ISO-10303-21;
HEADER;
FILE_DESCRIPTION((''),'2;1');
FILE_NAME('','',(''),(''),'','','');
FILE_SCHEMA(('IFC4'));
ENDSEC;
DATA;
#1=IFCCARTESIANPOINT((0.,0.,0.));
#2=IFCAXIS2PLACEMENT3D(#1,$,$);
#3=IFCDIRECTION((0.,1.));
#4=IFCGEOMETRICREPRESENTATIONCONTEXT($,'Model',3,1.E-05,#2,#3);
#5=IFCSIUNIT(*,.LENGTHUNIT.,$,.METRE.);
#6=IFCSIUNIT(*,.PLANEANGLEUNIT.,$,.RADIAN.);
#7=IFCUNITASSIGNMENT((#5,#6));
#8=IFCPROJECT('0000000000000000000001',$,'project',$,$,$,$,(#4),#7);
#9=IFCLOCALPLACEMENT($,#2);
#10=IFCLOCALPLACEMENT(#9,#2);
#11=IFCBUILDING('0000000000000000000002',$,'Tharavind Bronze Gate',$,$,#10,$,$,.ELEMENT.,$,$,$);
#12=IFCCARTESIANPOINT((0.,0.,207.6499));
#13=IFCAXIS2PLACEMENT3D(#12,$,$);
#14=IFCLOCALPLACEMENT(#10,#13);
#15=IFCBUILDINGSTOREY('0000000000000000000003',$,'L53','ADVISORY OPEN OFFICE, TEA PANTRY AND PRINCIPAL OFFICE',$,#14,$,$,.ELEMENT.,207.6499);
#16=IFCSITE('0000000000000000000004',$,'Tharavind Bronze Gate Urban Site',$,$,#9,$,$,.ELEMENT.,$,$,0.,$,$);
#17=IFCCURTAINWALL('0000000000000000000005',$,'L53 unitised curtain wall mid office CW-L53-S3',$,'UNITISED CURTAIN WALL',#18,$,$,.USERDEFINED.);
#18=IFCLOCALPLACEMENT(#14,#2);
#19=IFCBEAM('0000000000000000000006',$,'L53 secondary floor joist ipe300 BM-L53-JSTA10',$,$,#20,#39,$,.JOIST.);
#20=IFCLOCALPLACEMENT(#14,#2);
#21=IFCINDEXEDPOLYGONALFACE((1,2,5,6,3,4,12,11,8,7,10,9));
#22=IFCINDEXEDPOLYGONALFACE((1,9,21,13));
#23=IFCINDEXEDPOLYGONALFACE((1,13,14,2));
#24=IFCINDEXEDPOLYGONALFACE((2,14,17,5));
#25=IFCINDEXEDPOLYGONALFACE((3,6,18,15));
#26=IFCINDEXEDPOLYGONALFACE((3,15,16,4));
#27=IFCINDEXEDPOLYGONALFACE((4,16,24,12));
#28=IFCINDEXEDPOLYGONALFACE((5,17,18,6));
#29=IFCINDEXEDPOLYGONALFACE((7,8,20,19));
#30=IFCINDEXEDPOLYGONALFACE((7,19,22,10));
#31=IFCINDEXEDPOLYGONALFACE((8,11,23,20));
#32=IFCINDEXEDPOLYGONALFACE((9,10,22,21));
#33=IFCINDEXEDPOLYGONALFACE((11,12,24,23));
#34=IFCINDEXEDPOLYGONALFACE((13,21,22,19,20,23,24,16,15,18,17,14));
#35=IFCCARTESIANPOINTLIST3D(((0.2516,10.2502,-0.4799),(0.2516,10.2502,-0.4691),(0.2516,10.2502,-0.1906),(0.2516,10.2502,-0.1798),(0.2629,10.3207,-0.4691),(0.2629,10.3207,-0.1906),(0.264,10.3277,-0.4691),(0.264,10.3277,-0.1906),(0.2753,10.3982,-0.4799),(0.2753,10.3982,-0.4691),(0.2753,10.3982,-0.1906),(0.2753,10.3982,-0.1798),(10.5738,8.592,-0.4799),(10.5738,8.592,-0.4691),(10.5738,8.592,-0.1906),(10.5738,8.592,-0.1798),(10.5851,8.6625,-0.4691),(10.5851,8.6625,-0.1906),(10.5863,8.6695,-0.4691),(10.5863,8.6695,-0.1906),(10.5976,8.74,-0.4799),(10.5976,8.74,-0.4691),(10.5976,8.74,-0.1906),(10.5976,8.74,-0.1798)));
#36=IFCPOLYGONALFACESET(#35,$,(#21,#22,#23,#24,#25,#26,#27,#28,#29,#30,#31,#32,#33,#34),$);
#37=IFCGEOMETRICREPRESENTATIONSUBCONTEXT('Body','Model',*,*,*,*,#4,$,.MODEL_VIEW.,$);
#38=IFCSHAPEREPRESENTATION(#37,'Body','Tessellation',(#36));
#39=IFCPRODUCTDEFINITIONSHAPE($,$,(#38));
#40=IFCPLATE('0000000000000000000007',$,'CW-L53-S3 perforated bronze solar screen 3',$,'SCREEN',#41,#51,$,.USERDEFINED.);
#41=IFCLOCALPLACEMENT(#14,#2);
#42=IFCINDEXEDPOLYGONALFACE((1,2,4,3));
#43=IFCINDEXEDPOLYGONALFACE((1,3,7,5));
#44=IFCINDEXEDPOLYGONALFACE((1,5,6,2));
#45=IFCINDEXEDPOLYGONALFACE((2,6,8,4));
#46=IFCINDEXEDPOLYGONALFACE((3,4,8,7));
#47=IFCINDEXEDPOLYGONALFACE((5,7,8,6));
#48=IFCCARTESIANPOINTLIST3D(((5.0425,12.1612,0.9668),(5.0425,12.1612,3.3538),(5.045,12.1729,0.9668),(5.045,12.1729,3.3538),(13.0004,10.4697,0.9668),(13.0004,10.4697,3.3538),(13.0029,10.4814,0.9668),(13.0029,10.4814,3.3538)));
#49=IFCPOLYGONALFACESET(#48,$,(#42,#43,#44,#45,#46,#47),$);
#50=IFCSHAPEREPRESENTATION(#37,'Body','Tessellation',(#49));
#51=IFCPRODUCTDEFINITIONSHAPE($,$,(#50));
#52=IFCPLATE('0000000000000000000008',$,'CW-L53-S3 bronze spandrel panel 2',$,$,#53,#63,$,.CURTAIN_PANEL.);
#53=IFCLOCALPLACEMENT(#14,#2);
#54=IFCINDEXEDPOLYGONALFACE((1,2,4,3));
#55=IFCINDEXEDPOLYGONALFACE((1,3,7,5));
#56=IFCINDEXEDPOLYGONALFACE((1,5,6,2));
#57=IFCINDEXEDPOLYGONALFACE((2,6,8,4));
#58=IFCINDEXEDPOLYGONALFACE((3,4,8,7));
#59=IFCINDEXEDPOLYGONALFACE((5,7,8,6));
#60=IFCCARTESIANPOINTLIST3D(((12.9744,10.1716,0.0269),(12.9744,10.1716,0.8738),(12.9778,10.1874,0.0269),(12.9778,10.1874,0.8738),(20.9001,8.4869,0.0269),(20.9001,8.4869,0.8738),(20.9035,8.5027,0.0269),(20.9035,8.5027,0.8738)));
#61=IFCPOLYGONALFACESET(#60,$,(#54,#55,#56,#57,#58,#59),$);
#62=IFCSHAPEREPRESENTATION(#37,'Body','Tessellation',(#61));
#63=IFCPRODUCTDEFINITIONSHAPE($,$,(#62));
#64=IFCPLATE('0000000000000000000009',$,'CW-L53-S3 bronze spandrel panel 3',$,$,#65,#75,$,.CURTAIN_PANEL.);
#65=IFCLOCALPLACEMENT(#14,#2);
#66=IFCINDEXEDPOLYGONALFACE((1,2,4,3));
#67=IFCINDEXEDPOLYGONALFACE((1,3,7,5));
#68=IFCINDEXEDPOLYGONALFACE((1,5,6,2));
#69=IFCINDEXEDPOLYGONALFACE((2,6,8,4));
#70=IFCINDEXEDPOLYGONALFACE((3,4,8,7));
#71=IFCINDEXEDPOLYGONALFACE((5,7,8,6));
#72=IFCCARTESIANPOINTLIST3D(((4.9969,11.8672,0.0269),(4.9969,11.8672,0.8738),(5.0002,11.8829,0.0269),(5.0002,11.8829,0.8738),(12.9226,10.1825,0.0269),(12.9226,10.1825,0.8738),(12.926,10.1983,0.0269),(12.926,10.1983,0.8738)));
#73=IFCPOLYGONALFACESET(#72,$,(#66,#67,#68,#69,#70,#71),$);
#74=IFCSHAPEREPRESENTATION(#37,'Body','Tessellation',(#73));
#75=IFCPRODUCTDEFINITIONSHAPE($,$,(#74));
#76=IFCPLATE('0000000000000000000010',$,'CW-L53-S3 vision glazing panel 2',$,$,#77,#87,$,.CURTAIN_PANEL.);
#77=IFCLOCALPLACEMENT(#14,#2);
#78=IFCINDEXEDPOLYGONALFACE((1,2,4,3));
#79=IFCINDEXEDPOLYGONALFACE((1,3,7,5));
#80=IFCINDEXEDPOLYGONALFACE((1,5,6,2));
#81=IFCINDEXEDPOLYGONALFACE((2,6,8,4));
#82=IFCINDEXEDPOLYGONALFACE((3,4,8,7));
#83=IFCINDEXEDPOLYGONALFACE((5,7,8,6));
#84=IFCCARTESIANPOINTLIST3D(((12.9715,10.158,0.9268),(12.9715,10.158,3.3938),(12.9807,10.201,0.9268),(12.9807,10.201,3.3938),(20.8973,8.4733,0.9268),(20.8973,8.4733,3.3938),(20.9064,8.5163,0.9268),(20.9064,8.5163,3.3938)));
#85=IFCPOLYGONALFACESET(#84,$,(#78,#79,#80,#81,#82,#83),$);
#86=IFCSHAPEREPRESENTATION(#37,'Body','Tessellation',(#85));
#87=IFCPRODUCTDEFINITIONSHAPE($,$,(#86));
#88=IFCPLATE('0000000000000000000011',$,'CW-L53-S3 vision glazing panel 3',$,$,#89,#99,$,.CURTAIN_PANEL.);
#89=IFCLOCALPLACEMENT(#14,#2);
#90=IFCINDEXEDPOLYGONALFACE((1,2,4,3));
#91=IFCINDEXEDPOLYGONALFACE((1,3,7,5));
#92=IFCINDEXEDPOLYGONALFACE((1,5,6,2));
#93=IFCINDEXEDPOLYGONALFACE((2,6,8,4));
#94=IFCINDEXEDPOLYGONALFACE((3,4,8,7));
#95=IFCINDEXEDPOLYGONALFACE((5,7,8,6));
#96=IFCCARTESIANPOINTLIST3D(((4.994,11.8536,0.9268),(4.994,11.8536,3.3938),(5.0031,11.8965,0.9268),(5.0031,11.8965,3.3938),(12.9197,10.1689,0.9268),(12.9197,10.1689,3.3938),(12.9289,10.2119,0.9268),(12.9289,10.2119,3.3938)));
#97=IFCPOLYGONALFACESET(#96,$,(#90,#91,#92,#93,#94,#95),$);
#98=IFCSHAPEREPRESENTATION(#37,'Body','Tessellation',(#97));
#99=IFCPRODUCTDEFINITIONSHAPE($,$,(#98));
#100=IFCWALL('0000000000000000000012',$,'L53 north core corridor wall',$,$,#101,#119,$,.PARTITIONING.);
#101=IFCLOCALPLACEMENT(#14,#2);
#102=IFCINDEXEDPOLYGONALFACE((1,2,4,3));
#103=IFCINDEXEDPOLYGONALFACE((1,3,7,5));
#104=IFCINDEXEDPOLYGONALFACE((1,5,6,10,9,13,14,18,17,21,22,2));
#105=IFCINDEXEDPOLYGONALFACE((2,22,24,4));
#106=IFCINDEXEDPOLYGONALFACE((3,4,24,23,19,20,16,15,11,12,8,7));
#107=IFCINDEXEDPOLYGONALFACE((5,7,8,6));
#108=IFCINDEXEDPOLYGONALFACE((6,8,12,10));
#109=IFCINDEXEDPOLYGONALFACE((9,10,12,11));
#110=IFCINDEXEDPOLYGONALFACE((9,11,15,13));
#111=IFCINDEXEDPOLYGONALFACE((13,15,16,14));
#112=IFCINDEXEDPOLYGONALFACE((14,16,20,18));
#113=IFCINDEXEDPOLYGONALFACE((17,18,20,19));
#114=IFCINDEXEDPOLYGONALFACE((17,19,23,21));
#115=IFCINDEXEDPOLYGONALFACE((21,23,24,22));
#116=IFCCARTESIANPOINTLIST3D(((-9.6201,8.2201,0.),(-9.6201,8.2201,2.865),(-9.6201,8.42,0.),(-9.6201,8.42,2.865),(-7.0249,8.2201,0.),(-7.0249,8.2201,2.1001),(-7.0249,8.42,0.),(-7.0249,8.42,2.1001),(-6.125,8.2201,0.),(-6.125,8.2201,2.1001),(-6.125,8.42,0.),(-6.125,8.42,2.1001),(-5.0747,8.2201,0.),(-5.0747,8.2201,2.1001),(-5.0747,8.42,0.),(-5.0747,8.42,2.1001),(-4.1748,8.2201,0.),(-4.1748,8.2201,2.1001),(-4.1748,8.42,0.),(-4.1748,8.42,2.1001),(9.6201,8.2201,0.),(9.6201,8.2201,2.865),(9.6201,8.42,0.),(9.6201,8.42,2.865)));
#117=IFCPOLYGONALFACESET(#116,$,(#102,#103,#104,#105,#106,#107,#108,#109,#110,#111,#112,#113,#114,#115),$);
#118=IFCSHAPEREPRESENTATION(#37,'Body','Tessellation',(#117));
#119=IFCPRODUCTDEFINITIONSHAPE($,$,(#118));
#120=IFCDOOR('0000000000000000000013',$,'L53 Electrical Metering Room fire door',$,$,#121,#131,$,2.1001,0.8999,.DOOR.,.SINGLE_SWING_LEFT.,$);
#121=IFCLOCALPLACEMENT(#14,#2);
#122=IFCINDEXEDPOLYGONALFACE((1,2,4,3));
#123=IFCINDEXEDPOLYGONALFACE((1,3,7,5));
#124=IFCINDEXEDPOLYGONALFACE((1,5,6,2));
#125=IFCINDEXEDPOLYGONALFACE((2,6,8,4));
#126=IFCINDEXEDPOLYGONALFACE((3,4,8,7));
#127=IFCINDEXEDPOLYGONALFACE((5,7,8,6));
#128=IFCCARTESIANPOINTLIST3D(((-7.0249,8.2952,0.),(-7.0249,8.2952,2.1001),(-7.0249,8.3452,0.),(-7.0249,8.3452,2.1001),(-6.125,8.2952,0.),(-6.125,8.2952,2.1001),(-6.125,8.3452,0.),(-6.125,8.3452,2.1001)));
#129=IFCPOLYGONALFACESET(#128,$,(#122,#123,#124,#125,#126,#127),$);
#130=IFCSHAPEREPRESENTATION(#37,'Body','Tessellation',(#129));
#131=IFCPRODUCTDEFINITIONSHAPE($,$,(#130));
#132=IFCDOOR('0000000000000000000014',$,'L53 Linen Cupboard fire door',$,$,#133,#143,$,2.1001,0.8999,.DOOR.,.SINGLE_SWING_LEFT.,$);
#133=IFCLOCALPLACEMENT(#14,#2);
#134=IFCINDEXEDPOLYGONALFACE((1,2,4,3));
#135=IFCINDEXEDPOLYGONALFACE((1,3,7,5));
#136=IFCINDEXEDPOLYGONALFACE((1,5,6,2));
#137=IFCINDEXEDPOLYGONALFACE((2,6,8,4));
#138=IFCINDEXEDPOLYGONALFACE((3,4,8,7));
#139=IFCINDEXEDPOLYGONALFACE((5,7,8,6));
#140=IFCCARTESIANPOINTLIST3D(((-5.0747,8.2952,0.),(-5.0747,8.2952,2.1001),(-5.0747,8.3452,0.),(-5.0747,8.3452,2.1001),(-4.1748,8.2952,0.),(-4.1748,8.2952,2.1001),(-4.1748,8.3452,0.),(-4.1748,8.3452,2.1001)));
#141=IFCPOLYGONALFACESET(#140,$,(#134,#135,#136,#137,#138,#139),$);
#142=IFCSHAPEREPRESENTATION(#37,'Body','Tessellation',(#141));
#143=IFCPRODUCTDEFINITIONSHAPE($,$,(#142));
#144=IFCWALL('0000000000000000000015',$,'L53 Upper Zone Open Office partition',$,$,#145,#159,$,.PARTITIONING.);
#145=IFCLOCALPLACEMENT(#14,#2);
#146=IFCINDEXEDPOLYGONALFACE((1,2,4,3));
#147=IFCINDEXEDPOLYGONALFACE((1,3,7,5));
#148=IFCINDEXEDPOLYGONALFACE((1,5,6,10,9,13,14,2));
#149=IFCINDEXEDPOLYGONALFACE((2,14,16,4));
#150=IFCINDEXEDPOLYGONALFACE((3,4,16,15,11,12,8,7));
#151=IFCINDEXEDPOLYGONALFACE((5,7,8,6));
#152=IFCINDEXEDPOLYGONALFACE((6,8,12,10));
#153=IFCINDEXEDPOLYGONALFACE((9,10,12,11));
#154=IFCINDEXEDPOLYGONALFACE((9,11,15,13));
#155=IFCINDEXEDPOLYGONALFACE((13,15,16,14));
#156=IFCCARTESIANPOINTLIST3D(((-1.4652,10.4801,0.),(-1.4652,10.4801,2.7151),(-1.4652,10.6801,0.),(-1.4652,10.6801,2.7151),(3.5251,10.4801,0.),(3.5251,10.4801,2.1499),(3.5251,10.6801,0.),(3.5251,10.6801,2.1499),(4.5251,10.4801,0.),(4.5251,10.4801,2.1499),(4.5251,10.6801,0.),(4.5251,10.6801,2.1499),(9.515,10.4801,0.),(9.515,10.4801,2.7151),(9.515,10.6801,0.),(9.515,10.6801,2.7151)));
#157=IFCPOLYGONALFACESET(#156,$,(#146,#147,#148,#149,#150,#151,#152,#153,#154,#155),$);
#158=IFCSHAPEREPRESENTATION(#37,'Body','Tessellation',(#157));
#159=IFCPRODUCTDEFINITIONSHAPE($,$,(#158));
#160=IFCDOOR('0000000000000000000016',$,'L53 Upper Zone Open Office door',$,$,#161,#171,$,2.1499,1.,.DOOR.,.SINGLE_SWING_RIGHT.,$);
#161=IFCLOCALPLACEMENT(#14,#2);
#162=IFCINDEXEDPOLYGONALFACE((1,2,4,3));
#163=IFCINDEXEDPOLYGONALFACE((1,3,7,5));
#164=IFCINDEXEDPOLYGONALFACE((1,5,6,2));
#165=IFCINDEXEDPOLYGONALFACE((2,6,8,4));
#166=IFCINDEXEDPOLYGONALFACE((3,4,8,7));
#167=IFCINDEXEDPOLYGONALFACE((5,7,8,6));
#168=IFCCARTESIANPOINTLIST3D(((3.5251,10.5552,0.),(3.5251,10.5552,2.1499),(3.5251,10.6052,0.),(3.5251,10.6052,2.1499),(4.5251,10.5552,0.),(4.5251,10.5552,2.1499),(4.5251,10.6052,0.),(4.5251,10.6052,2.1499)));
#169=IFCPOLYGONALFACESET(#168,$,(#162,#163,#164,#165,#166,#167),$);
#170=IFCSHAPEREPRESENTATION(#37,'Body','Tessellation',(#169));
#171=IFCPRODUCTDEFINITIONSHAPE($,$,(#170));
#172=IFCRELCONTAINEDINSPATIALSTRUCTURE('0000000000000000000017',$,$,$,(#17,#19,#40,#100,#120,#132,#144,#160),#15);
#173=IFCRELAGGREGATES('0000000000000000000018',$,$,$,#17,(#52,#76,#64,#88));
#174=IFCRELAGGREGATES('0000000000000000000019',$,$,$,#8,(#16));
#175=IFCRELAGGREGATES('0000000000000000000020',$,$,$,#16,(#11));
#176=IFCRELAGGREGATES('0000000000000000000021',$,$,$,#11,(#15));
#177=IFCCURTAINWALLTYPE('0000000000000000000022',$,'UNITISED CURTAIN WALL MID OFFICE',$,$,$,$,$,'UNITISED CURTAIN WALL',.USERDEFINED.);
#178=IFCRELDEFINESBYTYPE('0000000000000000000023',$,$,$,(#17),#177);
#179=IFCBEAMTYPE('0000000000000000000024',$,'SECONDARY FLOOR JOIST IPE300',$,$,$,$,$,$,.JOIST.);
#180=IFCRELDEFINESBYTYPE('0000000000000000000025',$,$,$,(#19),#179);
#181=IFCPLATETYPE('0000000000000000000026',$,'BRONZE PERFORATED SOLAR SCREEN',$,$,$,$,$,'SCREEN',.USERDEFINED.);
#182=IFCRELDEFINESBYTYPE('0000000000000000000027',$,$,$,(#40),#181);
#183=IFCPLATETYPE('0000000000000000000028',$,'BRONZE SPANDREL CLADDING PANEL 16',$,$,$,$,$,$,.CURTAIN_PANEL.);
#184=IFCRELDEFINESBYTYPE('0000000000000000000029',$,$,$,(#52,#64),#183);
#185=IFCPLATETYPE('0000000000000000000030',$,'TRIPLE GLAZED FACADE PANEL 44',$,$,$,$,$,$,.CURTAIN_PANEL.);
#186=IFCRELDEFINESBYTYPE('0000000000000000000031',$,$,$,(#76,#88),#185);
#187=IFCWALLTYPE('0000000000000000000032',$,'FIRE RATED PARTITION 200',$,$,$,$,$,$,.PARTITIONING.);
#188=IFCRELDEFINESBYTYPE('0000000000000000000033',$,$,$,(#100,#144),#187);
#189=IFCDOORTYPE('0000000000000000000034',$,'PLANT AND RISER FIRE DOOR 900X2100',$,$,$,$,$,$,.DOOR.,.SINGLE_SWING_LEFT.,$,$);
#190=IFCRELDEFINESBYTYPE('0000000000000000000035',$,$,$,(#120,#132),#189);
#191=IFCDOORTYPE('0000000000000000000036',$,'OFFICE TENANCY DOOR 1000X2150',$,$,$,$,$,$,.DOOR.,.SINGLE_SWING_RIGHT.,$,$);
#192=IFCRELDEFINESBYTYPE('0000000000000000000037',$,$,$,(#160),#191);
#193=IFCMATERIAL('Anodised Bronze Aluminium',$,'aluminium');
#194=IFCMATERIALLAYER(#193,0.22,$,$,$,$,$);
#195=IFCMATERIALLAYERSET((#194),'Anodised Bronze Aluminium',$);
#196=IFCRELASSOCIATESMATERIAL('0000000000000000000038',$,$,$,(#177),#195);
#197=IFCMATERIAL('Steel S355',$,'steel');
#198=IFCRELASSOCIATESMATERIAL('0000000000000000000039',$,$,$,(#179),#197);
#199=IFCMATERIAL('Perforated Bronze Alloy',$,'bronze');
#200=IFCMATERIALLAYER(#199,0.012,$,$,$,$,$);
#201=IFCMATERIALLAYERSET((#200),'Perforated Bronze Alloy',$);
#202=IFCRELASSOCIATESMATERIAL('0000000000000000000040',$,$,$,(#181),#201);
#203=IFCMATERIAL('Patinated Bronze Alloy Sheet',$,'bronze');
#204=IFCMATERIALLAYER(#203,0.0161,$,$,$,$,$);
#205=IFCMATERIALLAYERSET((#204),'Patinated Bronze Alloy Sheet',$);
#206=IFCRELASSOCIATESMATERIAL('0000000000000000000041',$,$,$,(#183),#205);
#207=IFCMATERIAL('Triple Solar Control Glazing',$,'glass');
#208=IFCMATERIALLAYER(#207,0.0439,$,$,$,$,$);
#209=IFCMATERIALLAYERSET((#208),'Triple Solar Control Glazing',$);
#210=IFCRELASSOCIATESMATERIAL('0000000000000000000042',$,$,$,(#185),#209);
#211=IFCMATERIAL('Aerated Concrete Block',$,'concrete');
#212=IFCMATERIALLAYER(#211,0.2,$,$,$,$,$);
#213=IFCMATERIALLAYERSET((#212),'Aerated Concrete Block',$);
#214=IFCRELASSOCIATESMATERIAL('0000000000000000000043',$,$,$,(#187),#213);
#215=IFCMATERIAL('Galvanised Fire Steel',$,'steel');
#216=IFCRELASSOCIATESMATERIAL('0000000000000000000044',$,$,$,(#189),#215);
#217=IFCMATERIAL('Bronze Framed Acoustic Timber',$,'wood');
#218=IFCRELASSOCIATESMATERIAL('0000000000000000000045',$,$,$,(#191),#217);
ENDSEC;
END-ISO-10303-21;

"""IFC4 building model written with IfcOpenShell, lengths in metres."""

from ifc_helpers import new_model, si_unit, direction, frame, frame_2d, origin, origin_2d, place, context, subcontext, project, spatial, rectangle, i_section, extrude, material, layer, layer_set, material_profile, profile_set, type_object, element, fill, aggregate, save


model = new_model("IFC4")

# Units and contexts
model_context = context("Model", 3, precision=1e-05, world=origin(), true_north=direction((0.0, 1.0)))
body_context = subcontext(model_context, "Body", "Model", "MODEL_VIEW")
ifc_project = project(units=[si_unit("LENGTHUNIT", "METRE"), si_unit("PLANEANGLEUNIT", "RADIAN")], contexts=[model_context])

# Site, building, storey
site_placement = place(None, origin())
site = spatial("IfcSite", under=ifc_project, at=site_placement, Name="Tharavind Bronze Gate Urban Site", CompositionType="ELEMENT", RefElevation=0.0)
building_placement = place(site_placement, origin())
building = spatial("IfcBuilding", under=site, at=building_placement, Name="Tharavind Bronze Gate", CompositionType="ELEMENT")
storey_placement = place(building_placement, frame((0.0, 0.0, 207.6499)))
storey = spatial("IfcBuildingStorey", under=building, at=storey_placement, Name="L53", Description="ADVISORY OPEN OFFICE, TEA PANTRY AND PRINCIPAL OFFICE", CompositionType="ELEMENT", Elevation=207.6499)

# Curtain wall
ifc_material_1 = material(Name="Anodised Bronze Aluminium", Category="aluminium")
ifc_layer_1 = layer(ifc_material_1, 0.22)
ifc_layer_set_1 = layer_set([ifc_layer_1], Name="Anodised Bronze Aluminium")
curtain_wall_type = type_object("IfcCurtainWallType", Name="UNITISED CURTAIN WALL MID OFFICE", ElementType="UNITISED CURTAIN WALL", PredefinedType="USERDEFINED", material=ifc_layer_set_1)
curtain_wall_placement = place(storey_placement, origin())
curtain_wall = element("IfcCurtainWall", 1, at=curtain_wall_placement, inside=storey, type_object=curtain_wall_type, Name="L53 unitised curtain wall mid office CW-L53-S3", ObjectType="UNITISED CURTAIN WALL", PredefinedType="USERDEFINED")

# Beam
ifc_material_2 = material(Name="Steel S355", Category="steel")
ifc_material_profile_1 = material_profile(ifc_material_2, i_section(OverallWidth=0.1499, OverallDepth=0.3, WebThickness=0.0071, FlangeThickness=0.0107, at=origin_2d()), Name="IPE300")
ifc_profile_set_1 = profile_set([ifc_material_profile_1], Name="Steel S355")
beam_type_1 = type_object("IfcBeamType", Name="SECONDARY FLOOR JOIST IPE300", PredefinedType="JOIST", material=ifc_profile_set_1)
beam_1_placement = place(storey_placement, frame((10.5857, 8.666, -0.3298), z_axis=(-0.987341, 0.15861, 0.0), x_axis=(-0.15861, -0.987341, 0.0)))
element("IfcBeam", 2, at=beam_1_placement, inside=storey, type_object=beam_type_1, Name="L53 secondary floor joist ipe300 BM-L53-JSTA10", PredefinedType="JOIST", context=body_context, shape_type="SweptSolid", body=[
    extrude(i_section(OverallWidth=0.1499, OverallDepth=0.3, WebThickness=0.0071, FlangeThickness=0.0107, at=origin_2d()), origin(), (0.0, 0.0, 1.0), 10.4546),
])

# Plates
ifc_material_3 = material(Name="Perforated Bronze Alloy", Category="bronze")
ifc_layer_2 = layer(ifc_material_3, 0.012)
ifc_layer_set_2 = layer_set([ifc_layer_2], Name="Perforated Bronze Alloy")
plate_type_1 = type_object("IfcPlateType", Name="BRONZE PERFORATED SOLAR SCREEN", ElementType="SCREEN", PredefinedType="USERDEFINED", material=ifc_layer_set_2)
plate_1_placement = place(storey_placement, frame((9.0227, 11.3213, 0.9668), z_axis=(0.0, 0.0, 1.0), x_axis=(-0.978148, 0.207912, 0.0)))
element("IfcPlate", 3, at=plate_1_placement, inside=storey, type_object=plate_type_1, Name="CW-L53-S3 perforated bronze solar screen 3", ObjectType="SCREEN", PredefinedType="USERDEFINED", context=body_context, shape_type="SweptSolid", body=[
    extrude(rectangle(XDim=8.1357, YDim=0.012, at=origin_2d()), origin(), (0.0, 0.0, 1.0), 2.387),
])
ifc_material_4 = material(Name="Patinated Bronze Alloy Sheet", Category="bronze")
ifc_layer_3 = layer(ifc_material_4, 0.0161)
ifc_layer_set_3 = layer_set([ifc_layer_3], Name="Patinated Bronze Alloy Sheet")
plate_type_2 = type_object("IfcPlateType", Name="BRONZE SPANDREL CLADDING PANEL 16", PredefinedType="CURTAIN_PANEL", material=ifc_layer_set_3)
plate_2_placement = place(storey_placement, frame((16.939, 9.3372, 0.0269), z_axis=(0.0, 0.0, 1.0), x_axis=(-0.978148, 0.207912, 0.0)))
plate_2 = element("IfcPlate", 4, at=plate_2_placement, type_object=plate_type_2, Name="CW-L53-S3 bronze spandrel panel 2", PredefinedType="CURTAIN_PANEL", context=body_context, shape_type="SweptSolid", body=[
    extrude(rectangle(XDim=8.1028, YDim=0.0161, at=origin_2d()), origin(), (0.0, 0.0, 1.0), 0.8469),
])
plate_3_placement = place(storey_placement, frame((8.9614, 11.0327, 0.0269), z_axis=(0.0, 0.0, 1.0), x_axis=(-0.978148, 0.207912, 0.0)))
plate_3 = element("IfcPlate", 5, at=plate_3_placement, type_object=plate_type_2, Name="CW-L53-S3 bronze spandrel panel 3", PredefinedType="CURTAIN_PANEL", context=body_context, shape_type="SweptSolid", body=[
    extrude(rectangle(XDim=8.1028, YDim=0.0161, at=origin_2d()), origin(), (0.0, 0.0, 1.0), 0.8469),
])
ifc_material_5 = material(Name="Triple Solar Control Glazing", Category="glass")
ifc_layer_4 = layer(ifc_material_5, 0.0439)
ifc_layer_set_4 = layer_set([ifc_layer_4], Name="Triple Solar Control Glazing")
plate_type_3 = type_object("IfcPlateType", Name="TRIPLE GLAZED FACADE PANEL 44", PredefinedType="CURTAIN_PANEL", material=ifc_layer_set_4)
plate_4_placement = place(storey_placement, frame((16.939, 9.3372, 0.9268), z_axis=(0.0, 0.0, 1.0), x_axis=(-0.978148, 0.207912, 0.0)))
plate_4 = element("IfcPlate", 6, at=plate_4_placement, type_object=plate_type_3, Name="CW-L53-S3 vision glazing panel 2", PredefinedType="CURTAIN_PANEL", context=body_context, shape_type="SweptSolid", body=[
    extrude(rectangle(XDim=8.1028, YDim=0.0439, at=origin_2d()), origin(), (0.0, 0.0, 1.0), 2.467),
])
plate_5_placement = place(storey_placement, frame((8.9614, 11.0327, 0.9268), z_axis=(0.0, 0.0, 1.0), x_axis=(-0.978148, 0.207912, 0.0)))
plate_5 = element("IfcPlate", 7, at=plate_5_placement, type_object=plate_type_3, Name="CW-L53-S3 vision glazing panel 3", PredefinedType="CURTAIN_PANEL", context=body_context, shape_type="SweptSolid", body=[
    extrude(rectangle(XDim=8.1028, YDim=0.0439, at=origin_2d()), origin(), (0.0, 0.0, 1.0), 2.467),
])
aggregate(curtain_wall, [plate_2, plate_4, plate_3, plate_5])

# Wall, openings, doors
ifc_material_6 = material(Name="Aerated Concrete Block", Category="concrete")
ifc_layer_5 = layer(ifc_material_6, 0.2)
ifc_layer_set_5 = layer_set([ifc_layer_5], Name="Aerated Concrete Block")
wall_type = type_object("IfcWallType", Name="FIRE RATED PARTITION 200", PredefinedType="PARTITIONING", material=ifc_layer_set_5)
wall_1_placement = place(storey_placement, frame((9.6201, 8.3201, 0.0), z_axis=(0.0, 0.0, 1.0), x_axis=(-1.0, 0.0, 0.0)))
wall_1 = element("IfcWall", 8, at=wall_1_placement, inside=storey, type_object=wall_type, Name="L53 north core corridor wall", PredefinedType="PARTITIONING", context=body_context, shape_type="SweptSolid", body=[
    extrude(rectangle(XDim=19.2402, YDim=0.2, at=frame_2d((9.6201, 0.0))), origin(), (0.0, 0.0, 1.0), 2.865),
])
opening_1_placement = place(wall_1_placement, frame((15.7451, 0.0, 0.0)))
opening_1 = element("IfcOpeningElement", 9, at=opening_1_placement, cuts=wall_1, PredefinedType="OPENING", context=body_context, shape_type="SweptSolid", body=[
    extrude(rectangle(XDim=0.8999, YDim=2.1001, at=frame_2d((0.45, 1.05))), frame((0.0, 0.1101, 0.0), z_axis=(0.0, -1.0, 0.0), x_axis=(1.0, 0.0, 0.0)), (0.0, 0.0, 1.0), 0.22),
])
opening_2_placement = place(wall_1_placement, frame((13.7949, 0.0, 0.0)))
opening_2 = element("IfcOpeningElement", 10, at=opening_2_placement, cuts=wall_1, PredefinedType="OPENING", context=body_context, shape_type="SweptSolid", body=[
    extrude(rectangle(XDim=0.8999, YDim=2.1001, at=frame_2d((0.45, 1.05))), frame((0.0, 0.1101, 0.0), z_axis=(0.0, -1.0, 0.0), x_axis=(1.0, 0.0, 0.0)), (0.0, 0.0, 1.0), 0.22),
])
ifc_material_7 = material(Name="Galvanised Fire Steel", Category="steel")
door_type_1 = type_object("IfcDoorType", Name="PLANT AND RISER FIRE DOOR 900X2100", OperationType="SINGLE_SWING_LEFT", PredefinedType="DOOR", material=ifc_material_7)
door_1_placement = place(opening_1_placement, origin())
door_1 = element("IfcDoor", 11, at=door_1_placement, inside=storey, type_object=door_type_1, Name="L53 Electrical Metering Room fire door", OperationType="SINGLE_SWING_LEFT", OverallHeight=2.1001, OverallWidth=0.8999, PredefinedType="DOOR", context=body_context, shape_type="SweptSolid", body=[
    extrude(rectangle(XDim=0.8999, YDim=2.1001, at=frame_2d((0.45, 1.05))), frame((0.0, 0.0249, 0.0), z_axis=(0.0, -1.0, 0.0), x_axis=(1.0, 0.0, 0.0)), (0.0, 0.0, 1.0), 0.05),
])
fill(opening_1, door_1)
door_2_placement = place(opening_2_placement, origin())
door_2 = element("IfcDoor", 12, at=door_2_placement, inside=storey, type_object=door_type_1, Name="L53 Linen Cupboard fire door", OperationType="SINGLE_SWING_LEFT", OverallHeight=2.1001, OverallWidth=0.8999, PredefinedType="DOOR", context=body_context, shape_type="SweptSolid", body=[
    extrude(rectangle(XDim=0.8999, YDim=2.1001, at=frame_2d((0.45, 1.05))), frame((0.0, 0.0249, 0.0), z_axis=(0.0, -1.0, 0.0), x_axis=(1.0, 0.0, 0.0)), (0.0, 0.0, 1.0), 0.05),
])
fill(opening_2, door_2)

# Wall, opening, door
wall_2_placement = place(storey_placement, frame((9.5151, 10.5801, 0.0), z_axis=(0.0, 0.0, 1.0), x_axis=(-1.0, 0.0, 0.0)))
wall_2 = element("IfcWall", 13, at=wall_2_placement, inside=storey, type_object=wall_type, Name="L53 Upper Zone Open Office partition", PredefinedType="PARTITIONING", context=body_context, shape_type="SweptSolid", body=[
    extrude(rectangle(XDim=10.9802, YDim=0.2, at=frame_2d((5.4902, 0.0))), origin(), (0.0, 0.0, 1.0), 2.7151),
])
opening_3_placement = place(wall_2_placement, frame((4.99, 0.0, 0.0)))
opening_3 = element("IfcOpeningElement", 14, at=opening_3_placement, cuts=wall_2, PredefinedType="OPENING", context=body_context, shape_type="SweptSolid", body=[
    extrude(rectangle(XDim=1.0, YDim=2.1499, at=frame_2d((0.5, 1.075))), frame((0.0, 0.1101, 0.0), z_axis=(0.0, -1.0, 0.0), x_axis=(1.0, 0.0, 0.0)), (0.0, 0.0, 1.0), 0.22),
])
ifc_material_8 = material(Name="Bronze Framed Acoustic Timber", Category="wood")
door_type_2 = type_object("IfcDoorType", Name="OFFICE TENANCY DOOR 1000X2150", OperationType="SINGLE_SWING_RIGHT", PredefinedType="DOOR", material=ifc_material_8)
door_3_placement = place(opening_3_placement, origin())
door_3 = element("IfcDoor", 15, at=door_3_placement, inside=storey, type_object=door_type_2, Name="L53 Upper Zone Open Office door", OperationType="SINGLE_SWING_RIGHT", OverallHeight=2.1499, OverallWidth=1.0, PredefinedType="DOOR", context=body_context, shape_type="SweptSolid", body=[
    extrude(rectangle(XDim=1.0, YDim=2.1499, at=frame_2d((0.5, 1.075))), frame((0.0, 0.0249, 0.0), z_axis=(0.0, -1.0, 0.0), x_axis=(1.0, 0.0, 0.0)), (0.0, 0.0, 1.0), 0.05),
])
fill(opening_3, door_3)

save(model, "model.ifc")
